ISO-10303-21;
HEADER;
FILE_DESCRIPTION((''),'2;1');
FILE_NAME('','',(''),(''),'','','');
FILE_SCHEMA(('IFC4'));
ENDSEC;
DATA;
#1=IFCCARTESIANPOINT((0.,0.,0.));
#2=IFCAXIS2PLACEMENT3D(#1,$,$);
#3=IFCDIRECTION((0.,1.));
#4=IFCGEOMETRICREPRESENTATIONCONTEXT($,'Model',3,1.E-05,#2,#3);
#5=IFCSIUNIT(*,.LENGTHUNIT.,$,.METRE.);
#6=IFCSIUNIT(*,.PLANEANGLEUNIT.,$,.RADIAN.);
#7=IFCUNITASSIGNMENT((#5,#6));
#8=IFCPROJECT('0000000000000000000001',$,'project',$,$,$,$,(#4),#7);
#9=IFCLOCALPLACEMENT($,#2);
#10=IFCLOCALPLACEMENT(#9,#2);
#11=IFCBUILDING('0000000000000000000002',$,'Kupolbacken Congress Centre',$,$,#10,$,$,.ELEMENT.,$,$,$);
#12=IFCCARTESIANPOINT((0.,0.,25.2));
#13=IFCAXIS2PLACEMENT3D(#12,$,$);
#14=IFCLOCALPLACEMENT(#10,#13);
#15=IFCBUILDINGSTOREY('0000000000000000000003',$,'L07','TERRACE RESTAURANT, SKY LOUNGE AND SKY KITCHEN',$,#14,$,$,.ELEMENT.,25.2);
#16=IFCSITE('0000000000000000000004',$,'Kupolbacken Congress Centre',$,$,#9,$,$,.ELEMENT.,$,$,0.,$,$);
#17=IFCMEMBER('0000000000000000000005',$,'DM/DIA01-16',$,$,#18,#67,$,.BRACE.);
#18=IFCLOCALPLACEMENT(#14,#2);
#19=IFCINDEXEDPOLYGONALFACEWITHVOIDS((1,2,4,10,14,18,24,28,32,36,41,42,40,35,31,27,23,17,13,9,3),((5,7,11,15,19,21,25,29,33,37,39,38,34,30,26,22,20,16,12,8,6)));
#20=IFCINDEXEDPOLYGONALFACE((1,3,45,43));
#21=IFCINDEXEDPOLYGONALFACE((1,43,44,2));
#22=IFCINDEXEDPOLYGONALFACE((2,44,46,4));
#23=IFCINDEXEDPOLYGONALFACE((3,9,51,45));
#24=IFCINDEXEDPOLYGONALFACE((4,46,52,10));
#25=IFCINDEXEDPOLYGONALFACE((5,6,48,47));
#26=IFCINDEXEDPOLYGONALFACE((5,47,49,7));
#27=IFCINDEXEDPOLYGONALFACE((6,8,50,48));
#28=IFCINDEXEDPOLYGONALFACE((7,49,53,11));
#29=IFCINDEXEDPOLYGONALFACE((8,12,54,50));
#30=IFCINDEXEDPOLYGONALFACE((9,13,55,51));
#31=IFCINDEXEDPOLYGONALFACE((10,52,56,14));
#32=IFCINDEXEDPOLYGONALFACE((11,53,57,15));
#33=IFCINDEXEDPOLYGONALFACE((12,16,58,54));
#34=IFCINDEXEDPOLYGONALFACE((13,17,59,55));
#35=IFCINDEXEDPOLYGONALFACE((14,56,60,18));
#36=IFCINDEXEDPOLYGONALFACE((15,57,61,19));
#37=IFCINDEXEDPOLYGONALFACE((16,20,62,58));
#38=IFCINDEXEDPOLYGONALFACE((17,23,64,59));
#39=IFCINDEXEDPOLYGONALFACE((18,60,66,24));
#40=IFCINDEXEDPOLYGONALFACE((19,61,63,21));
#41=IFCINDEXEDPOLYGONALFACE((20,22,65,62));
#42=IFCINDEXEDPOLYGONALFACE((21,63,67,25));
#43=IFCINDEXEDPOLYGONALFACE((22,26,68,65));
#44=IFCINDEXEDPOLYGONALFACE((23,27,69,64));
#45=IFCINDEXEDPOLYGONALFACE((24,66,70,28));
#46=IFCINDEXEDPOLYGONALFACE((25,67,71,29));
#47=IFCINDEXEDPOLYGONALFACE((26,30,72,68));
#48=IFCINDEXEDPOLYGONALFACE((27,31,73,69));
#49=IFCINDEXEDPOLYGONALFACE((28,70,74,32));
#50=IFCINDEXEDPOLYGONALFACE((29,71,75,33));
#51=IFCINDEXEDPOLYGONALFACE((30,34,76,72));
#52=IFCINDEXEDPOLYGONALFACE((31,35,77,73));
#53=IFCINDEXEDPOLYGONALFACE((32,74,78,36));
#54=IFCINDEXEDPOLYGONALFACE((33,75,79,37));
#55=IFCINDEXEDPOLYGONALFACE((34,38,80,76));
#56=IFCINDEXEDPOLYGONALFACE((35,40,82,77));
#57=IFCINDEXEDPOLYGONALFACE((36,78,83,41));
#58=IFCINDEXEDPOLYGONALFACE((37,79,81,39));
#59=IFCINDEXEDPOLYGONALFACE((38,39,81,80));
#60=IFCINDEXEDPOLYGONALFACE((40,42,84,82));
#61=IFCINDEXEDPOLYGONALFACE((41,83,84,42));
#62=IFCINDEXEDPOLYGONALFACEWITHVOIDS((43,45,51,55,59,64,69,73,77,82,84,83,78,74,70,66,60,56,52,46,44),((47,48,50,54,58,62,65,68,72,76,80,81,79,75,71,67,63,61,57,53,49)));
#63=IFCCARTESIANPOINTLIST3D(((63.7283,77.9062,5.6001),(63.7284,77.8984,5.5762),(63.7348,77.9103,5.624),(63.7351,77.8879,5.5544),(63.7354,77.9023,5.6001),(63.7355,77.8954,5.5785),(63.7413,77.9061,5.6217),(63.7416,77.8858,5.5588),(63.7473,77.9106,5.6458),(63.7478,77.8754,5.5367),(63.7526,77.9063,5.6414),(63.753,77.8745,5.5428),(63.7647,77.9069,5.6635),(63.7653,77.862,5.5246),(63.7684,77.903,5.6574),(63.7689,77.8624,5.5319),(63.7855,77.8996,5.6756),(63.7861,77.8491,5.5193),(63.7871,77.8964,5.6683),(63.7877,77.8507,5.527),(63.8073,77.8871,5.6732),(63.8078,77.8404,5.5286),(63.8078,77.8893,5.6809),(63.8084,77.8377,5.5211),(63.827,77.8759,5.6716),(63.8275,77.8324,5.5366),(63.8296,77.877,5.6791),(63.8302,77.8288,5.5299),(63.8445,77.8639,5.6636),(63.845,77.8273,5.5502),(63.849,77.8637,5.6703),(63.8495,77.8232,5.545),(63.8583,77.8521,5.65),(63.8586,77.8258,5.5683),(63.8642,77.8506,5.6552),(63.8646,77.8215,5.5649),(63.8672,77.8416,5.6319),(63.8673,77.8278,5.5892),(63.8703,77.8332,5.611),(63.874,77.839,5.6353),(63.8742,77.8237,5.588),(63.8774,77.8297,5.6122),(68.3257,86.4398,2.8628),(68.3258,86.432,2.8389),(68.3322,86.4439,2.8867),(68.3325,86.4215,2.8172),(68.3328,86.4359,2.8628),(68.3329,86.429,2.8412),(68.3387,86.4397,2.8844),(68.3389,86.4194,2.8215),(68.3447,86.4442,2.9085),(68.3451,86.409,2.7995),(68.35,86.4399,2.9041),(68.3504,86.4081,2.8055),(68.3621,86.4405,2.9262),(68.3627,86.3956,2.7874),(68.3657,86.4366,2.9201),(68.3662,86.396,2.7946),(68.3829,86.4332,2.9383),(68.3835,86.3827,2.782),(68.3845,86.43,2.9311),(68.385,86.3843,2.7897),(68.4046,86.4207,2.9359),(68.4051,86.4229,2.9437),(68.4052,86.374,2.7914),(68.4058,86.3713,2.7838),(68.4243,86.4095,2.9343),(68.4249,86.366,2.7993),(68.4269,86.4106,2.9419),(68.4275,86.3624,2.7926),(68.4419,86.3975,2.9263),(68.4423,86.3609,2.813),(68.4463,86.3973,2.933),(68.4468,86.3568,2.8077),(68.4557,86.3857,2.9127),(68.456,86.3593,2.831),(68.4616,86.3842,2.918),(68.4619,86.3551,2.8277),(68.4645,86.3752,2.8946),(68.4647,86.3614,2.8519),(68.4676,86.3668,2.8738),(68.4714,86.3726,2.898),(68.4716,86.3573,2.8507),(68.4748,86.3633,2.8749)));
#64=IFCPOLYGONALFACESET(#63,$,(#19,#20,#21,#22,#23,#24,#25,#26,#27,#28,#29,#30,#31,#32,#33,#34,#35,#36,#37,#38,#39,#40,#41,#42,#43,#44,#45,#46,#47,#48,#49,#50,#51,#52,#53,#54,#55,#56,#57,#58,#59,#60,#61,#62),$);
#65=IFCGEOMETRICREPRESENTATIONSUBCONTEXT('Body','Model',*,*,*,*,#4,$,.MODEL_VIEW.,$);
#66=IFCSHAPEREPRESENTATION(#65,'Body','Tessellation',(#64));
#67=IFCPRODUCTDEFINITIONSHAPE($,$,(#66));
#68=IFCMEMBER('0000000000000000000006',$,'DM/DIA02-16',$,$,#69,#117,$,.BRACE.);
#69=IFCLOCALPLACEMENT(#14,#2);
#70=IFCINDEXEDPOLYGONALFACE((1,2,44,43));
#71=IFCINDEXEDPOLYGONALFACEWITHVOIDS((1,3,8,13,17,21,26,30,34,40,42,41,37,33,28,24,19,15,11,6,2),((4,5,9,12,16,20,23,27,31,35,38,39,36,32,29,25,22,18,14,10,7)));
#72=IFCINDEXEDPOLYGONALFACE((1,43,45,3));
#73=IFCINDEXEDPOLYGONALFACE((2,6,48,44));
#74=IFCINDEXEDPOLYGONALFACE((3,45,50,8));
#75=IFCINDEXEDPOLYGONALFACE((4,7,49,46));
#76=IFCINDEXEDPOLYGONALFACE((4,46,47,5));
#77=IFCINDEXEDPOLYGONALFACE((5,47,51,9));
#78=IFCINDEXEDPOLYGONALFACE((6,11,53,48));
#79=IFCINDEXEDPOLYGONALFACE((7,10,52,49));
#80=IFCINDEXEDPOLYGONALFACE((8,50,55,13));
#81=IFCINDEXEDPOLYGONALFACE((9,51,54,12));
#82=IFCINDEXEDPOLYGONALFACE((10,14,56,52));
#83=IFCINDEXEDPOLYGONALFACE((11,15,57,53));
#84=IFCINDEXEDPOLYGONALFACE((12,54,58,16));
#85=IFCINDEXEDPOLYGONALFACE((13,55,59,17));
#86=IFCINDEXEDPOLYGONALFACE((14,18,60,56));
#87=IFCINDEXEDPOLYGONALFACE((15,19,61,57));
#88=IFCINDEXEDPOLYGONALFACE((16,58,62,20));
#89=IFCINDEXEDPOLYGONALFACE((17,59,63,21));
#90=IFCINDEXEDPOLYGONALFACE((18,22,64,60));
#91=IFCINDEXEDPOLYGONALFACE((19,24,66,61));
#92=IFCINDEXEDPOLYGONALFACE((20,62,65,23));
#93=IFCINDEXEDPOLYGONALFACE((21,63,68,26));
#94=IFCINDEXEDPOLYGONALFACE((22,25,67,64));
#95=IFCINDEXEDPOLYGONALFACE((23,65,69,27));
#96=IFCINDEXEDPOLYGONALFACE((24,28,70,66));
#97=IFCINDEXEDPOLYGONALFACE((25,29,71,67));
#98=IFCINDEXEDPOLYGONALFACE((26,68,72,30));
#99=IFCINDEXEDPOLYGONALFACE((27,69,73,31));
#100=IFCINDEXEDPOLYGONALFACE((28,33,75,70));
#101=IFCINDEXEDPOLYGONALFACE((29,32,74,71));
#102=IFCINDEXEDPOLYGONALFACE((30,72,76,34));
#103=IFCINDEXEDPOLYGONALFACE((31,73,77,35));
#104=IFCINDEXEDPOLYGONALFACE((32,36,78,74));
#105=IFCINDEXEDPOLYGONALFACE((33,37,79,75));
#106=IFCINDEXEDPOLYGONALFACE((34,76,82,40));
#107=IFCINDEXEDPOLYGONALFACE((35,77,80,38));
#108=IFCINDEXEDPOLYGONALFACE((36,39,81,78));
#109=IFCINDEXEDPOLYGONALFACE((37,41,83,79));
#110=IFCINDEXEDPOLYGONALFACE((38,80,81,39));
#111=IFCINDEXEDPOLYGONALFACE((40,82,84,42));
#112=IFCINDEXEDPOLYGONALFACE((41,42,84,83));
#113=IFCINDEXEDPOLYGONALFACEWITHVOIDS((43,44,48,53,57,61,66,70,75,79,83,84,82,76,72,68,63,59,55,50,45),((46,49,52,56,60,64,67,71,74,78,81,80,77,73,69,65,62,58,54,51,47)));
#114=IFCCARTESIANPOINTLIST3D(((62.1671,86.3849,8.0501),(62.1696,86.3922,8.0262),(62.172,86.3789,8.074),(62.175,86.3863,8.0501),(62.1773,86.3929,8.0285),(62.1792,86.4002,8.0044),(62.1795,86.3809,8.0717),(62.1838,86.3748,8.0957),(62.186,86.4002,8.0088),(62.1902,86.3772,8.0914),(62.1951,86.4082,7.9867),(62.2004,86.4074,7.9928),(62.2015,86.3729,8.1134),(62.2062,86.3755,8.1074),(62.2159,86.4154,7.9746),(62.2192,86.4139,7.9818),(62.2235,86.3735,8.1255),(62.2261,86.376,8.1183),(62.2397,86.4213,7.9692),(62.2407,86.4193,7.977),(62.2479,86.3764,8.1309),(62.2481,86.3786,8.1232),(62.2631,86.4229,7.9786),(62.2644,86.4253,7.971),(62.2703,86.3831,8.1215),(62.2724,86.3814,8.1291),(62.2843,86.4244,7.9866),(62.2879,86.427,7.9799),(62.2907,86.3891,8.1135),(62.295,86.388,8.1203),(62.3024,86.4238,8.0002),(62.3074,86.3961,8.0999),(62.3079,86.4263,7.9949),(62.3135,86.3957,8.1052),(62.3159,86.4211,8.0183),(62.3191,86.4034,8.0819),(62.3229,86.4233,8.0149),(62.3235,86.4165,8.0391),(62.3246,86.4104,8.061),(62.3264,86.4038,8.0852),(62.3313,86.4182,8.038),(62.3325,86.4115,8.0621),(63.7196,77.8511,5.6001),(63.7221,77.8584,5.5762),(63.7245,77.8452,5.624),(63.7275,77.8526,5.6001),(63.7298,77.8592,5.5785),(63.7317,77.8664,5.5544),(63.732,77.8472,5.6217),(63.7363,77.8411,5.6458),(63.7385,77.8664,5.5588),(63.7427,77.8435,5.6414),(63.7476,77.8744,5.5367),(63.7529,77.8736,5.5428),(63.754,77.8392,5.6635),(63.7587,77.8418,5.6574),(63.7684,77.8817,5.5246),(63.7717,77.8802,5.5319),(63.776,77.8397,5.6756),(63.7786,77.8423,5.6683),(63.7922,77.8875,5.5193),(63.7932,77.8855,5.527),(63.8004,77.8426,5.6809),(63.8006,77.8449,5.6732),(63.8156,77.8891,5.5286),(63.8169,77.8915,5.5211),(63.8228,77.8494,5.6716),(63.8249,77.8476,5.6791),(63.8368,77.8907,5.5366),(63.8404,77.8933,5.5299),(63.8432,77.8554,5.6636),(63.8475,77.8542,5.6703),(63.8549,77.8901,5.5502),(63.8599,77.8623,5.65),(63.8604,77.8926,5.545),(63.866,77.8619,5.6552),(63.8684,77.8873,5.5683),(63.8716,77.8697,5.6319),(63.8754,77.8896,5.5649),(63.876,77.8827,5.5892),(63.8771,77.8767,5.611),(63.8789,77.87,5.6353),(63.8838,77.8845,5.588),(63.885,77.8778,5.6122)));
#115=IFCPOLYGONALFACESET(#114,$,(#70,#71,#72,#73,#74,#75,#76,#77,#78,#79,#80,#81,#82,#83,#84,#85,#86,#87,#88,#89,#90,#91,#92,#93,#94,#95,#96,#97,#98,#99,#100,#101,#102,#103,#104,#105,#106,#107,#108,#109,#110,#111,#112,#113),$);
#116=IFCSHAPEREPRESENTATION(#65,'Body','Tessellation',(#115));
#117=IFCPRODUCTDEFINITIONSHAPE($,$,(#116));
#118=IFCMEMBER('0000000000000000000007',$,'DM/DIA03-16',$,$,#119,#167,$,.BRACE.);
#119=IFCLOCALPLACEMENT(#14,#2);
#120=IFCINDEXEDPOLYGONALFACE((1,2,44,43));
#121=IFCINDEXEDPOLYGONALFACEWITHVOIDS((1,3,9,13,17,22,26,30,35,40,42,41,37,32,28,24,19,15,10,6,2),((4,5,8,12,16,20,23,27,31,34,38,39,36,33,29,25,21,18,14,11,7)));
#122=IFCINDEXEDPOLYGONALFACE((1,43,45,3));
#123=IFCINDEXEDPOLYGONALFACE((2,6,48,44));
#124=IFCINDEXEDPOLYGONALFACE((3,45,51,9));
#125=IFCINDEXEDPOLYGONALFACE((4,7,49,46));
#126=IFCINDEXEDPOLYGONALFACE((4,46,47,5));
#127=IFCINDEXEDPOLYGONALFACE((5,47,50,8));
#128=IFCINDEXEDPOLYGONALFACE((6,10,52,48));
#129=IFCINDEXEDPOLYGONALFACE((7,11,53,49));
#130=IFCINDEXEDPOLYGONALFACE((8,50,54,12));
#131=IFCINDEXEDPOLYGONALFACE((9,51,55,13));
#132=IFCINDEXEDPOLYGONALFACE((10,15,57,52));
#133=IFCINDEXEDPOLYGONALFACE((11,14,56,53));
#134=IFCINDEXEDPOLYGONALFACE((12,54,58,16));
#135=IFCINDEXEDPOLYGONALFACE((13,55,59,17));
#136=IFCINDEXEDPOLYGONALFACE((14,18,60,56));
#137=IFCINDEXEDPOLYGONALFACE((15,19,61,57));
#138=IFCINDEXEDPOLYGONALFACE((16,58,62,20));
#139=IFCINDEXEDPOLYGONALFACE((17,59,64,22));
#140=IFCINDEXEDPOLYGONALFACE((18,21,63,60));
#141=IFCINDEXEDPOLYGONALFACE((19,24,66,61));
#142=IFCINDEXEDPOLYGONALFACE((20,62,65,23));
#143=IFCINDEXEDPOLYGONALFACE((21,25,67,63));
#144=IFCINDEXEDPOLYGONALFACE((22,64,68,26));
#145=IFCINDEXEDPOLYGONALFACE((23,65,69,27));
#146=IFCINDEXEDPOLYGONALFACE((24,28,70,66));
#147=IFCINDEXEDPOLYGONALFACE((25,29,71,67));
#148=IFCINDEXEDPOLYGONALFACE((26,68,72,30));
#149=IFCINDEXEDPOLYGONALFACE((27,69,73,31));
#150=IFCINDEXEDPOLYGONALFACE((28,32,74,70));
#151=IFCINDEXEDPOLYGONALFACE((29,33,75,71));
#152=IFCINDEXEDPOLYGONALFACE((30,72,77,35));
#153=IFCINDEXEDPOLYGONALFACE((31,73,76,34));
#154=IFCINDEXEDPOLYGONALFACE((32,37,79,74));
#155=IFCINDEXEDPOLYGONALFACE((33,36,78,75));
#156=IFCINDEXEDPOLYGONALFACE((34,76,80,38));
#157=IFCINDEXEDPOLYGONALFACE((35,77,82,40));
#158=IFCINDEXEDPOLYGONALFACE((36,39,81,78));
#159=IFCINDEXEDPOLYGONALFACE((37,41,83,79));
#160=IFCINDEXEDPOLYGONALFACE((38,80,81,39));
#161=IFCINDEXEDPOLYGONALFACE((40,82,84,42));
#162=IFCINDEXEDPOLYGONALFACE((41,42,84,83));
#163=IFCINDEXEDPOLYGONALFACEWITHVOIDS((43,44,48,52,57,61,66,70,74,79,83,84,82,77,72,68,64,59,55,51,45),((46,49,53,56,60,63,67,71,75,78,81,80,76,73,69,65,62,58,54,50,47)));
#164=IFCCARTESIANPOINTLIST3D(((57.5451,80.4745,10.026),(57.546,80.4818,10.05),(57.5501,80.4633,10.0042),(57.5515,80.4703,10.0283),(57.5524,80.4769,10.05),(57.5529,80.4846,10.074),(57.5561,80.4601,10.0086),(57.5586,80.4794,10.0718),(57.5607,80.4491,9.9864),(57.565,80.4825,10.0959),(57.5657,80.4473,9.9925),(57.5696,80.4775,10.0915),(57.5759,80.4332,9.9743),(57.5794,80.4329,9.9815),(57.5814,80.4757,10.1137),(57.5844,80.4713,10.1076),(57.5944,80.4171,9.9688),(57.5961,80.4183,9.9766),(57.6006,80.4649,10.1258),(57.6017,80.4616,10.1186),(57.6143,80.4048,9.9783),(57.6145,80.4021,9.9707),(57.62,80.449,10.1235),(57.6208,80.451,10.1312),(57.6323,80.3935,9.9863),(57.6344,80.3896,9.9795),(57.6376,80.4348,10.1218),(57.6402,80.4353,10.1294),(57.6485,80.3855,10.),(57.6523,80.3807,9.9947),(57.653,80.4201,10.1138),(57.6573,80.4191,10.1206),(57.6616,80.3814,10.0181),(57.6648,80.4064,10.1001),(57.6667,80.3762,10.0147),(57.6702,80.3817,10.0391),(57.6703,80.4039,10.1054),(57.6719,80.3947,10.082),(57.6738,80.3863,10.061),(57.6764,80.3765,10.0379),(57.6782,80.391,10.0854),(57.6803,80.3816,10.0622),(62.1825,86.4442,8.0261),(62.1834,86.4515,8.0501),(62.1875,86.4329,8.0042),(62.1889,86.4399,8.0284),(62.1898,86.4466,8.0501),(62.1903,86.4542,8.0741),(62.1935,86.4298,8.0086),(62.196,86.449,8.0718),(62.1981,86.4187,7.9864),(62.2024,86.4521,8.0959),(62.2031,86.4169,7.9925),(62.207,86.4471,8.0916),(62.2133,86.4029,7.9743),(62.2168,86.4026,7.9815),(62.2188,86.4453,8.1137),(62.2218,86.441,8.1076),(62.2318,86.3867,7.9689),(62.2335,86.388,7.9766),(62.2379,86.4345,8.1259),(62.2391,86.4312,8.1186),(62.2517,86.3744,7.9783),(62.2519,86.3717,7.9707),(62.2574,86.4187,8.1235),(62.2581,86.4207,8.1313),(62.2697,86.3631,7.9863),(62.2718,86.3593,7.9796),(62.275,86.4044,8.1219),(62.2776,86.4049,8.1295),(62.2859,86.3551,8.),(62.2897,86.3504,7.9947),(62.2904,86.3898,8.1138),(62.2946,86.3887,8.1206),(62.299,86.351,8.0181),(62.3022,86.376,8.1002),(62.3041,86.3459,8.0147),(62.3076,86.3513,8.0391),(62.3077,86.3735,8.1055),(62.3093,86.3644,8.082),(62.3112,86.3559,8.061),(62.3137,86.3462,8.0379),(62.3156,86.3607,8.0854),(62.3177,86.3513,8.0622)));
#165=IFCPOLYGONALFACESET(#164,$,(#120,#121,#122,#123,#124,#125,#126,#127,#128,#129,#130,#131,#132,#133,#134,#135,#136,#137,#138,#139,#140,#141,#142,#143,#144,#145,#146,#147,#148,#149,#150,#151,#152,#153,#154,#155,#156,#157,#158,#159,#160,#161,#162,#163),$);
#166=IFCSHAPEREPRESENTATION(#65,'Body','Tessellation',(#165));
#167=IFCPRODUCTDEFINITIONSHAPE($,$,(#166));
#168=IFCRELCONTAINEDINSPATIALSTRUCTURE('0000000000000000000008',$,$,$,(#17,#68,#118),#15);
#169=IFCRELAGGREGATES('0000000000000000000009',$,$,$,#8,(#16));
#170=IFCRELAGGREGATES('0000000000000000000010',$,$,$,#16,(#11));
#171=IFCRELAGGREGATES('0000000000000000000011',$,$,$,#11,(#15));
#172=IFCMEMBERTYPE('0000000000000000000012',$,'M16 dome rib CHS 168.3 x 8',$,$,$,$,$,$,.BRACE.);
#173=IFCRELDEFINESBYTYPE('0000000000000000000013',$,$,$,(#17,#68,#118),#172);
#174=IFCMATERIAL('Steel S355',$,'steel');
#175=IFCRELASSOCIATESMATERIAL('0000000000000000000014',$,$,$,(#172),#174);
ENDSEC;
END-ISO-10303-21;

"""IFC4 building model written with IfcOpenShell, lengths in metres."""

from ifc_helpers import new_model, si_unit, direction, frame, origin, origin_2d, place, context, subcontext, project, spatial, hollow_circle, extrude, material, material_profile, profile_set, type_object, element, save


model = new_model("IFC4")

# Units and contexts
model_context = context("Model", 3, precision=1e-05, world=origin(), true_north=direction((0.0, 1.0)))
body_context = subcontext(model_context, "Body", "Model", "MODEL_VIEW")
ifc_project = project(units=[si_unit("LENGTHUNIT", "METRE"), si_unit("PLANEANGLEUNIT", "RADIAN")], contexts=[model_context])

# Site, building, storey
site_placement = place(None, origin())
site = spatial("IfcSite", under=ifc_project, at=site_placement, Name="Kupolbacken Congress Centre", CompositionType="ELEMENT", RefElevation=0.0)
building_placement = place(site_placement, origin())
building = spatial("IfcBuilding", under=site, at=building_placement, Name="Kupolbacken Congress Centre", CompositionType="ELEMENT")
storey_placement = place(building_placement, frame((0.0, 0.0, 25.2)))
storey = spatial("IfcBuildingStorey", under=building, at=storey_placement, Name="L07", Description="TERRACE RESTAURANT, SKY LOUNGE AND SKY KITCHEN", CompositionType="ELEMENT", Elevation=25.2)

# Members
ifc_material_1 = material(Name="Steel S355", Category="steel")
ifc_material_profile_1 = material_profile(ifc_material_1, hollow_circle(Radius=0.0842, WallThickness=0.0081, at=origin_2d()), Name="CHS 168.3 x 8")
ifc_profile_set_1 = profile_set([ifc_material_profile_1], Name="Steel S355")
member_type_1 = type_object("IfcMemberType", Name="M16 dome rib CHS 168.3 x 8", PredefinedType="BRACE", material=ifc_profile_set_1)
member_1_placement = place(storey_placement, frame((63.8025, 77.8662, 5.6001), z_axis=(0.456437, 0.847236, -0.271763), x_axis=(-0.88037, 0.474288, 0.0)))
element("IfcMember", 1, at=member_1_placement, inside=storey, type_object=member_type_1, Name="DM/DIA01-16", PredefinedType="BRACE", context=body_context, shape_type="SweptSolid", body=[
    extrude(hollow_circle(Radius=0.0842, WallThickness=0.0081, at=origin_2d()), origin(), (0.0, 0.0, 1.0), 10.0723),
])
member_2_placement = place(storey_placement, frame((63.8025, 77.8662, 5.6001), z_axis=(-0.172248, 0.946807, 0.27182), x_axis=(-0.983851, -0.178987, 0.0)))
element("IfcMember", 2, at=member_2_placement, inside=storey, type_object=member_type_1, Name="DM/DIA02-16", PredefinedType="BRACE", context=body_context, shape_type="SweptSolid", body=[
    extrude(hollow_circle(Radius=0.0842, WallThickness=0.0081, at=origin_2d()), origin(), (0.0, 0.0, 1.0), 9.0132),
])
member_3_placement = place(storey_placement, frame((57.6125, 80.4302, 10.05), z_axis=(0.593067, 0.763447, -0.255773), x_axis=(-0.789716, 0.613473, 0.0)))
element("IfcMember", 3, at=member_3_placement, inside=storey, type_object=member_type_1, Name="DM/DIA03-16", PredefinedType="BRACE", context=body_context, shape_type="SweptSolid", body=[
    extrude(hollow_circle(Radius=0.0842, WallThickness=0.0081, at=origin_2d()), origin(), (0.0, 0.0, 1.0), 7.8193),
])

save(model, "model.ifc")
